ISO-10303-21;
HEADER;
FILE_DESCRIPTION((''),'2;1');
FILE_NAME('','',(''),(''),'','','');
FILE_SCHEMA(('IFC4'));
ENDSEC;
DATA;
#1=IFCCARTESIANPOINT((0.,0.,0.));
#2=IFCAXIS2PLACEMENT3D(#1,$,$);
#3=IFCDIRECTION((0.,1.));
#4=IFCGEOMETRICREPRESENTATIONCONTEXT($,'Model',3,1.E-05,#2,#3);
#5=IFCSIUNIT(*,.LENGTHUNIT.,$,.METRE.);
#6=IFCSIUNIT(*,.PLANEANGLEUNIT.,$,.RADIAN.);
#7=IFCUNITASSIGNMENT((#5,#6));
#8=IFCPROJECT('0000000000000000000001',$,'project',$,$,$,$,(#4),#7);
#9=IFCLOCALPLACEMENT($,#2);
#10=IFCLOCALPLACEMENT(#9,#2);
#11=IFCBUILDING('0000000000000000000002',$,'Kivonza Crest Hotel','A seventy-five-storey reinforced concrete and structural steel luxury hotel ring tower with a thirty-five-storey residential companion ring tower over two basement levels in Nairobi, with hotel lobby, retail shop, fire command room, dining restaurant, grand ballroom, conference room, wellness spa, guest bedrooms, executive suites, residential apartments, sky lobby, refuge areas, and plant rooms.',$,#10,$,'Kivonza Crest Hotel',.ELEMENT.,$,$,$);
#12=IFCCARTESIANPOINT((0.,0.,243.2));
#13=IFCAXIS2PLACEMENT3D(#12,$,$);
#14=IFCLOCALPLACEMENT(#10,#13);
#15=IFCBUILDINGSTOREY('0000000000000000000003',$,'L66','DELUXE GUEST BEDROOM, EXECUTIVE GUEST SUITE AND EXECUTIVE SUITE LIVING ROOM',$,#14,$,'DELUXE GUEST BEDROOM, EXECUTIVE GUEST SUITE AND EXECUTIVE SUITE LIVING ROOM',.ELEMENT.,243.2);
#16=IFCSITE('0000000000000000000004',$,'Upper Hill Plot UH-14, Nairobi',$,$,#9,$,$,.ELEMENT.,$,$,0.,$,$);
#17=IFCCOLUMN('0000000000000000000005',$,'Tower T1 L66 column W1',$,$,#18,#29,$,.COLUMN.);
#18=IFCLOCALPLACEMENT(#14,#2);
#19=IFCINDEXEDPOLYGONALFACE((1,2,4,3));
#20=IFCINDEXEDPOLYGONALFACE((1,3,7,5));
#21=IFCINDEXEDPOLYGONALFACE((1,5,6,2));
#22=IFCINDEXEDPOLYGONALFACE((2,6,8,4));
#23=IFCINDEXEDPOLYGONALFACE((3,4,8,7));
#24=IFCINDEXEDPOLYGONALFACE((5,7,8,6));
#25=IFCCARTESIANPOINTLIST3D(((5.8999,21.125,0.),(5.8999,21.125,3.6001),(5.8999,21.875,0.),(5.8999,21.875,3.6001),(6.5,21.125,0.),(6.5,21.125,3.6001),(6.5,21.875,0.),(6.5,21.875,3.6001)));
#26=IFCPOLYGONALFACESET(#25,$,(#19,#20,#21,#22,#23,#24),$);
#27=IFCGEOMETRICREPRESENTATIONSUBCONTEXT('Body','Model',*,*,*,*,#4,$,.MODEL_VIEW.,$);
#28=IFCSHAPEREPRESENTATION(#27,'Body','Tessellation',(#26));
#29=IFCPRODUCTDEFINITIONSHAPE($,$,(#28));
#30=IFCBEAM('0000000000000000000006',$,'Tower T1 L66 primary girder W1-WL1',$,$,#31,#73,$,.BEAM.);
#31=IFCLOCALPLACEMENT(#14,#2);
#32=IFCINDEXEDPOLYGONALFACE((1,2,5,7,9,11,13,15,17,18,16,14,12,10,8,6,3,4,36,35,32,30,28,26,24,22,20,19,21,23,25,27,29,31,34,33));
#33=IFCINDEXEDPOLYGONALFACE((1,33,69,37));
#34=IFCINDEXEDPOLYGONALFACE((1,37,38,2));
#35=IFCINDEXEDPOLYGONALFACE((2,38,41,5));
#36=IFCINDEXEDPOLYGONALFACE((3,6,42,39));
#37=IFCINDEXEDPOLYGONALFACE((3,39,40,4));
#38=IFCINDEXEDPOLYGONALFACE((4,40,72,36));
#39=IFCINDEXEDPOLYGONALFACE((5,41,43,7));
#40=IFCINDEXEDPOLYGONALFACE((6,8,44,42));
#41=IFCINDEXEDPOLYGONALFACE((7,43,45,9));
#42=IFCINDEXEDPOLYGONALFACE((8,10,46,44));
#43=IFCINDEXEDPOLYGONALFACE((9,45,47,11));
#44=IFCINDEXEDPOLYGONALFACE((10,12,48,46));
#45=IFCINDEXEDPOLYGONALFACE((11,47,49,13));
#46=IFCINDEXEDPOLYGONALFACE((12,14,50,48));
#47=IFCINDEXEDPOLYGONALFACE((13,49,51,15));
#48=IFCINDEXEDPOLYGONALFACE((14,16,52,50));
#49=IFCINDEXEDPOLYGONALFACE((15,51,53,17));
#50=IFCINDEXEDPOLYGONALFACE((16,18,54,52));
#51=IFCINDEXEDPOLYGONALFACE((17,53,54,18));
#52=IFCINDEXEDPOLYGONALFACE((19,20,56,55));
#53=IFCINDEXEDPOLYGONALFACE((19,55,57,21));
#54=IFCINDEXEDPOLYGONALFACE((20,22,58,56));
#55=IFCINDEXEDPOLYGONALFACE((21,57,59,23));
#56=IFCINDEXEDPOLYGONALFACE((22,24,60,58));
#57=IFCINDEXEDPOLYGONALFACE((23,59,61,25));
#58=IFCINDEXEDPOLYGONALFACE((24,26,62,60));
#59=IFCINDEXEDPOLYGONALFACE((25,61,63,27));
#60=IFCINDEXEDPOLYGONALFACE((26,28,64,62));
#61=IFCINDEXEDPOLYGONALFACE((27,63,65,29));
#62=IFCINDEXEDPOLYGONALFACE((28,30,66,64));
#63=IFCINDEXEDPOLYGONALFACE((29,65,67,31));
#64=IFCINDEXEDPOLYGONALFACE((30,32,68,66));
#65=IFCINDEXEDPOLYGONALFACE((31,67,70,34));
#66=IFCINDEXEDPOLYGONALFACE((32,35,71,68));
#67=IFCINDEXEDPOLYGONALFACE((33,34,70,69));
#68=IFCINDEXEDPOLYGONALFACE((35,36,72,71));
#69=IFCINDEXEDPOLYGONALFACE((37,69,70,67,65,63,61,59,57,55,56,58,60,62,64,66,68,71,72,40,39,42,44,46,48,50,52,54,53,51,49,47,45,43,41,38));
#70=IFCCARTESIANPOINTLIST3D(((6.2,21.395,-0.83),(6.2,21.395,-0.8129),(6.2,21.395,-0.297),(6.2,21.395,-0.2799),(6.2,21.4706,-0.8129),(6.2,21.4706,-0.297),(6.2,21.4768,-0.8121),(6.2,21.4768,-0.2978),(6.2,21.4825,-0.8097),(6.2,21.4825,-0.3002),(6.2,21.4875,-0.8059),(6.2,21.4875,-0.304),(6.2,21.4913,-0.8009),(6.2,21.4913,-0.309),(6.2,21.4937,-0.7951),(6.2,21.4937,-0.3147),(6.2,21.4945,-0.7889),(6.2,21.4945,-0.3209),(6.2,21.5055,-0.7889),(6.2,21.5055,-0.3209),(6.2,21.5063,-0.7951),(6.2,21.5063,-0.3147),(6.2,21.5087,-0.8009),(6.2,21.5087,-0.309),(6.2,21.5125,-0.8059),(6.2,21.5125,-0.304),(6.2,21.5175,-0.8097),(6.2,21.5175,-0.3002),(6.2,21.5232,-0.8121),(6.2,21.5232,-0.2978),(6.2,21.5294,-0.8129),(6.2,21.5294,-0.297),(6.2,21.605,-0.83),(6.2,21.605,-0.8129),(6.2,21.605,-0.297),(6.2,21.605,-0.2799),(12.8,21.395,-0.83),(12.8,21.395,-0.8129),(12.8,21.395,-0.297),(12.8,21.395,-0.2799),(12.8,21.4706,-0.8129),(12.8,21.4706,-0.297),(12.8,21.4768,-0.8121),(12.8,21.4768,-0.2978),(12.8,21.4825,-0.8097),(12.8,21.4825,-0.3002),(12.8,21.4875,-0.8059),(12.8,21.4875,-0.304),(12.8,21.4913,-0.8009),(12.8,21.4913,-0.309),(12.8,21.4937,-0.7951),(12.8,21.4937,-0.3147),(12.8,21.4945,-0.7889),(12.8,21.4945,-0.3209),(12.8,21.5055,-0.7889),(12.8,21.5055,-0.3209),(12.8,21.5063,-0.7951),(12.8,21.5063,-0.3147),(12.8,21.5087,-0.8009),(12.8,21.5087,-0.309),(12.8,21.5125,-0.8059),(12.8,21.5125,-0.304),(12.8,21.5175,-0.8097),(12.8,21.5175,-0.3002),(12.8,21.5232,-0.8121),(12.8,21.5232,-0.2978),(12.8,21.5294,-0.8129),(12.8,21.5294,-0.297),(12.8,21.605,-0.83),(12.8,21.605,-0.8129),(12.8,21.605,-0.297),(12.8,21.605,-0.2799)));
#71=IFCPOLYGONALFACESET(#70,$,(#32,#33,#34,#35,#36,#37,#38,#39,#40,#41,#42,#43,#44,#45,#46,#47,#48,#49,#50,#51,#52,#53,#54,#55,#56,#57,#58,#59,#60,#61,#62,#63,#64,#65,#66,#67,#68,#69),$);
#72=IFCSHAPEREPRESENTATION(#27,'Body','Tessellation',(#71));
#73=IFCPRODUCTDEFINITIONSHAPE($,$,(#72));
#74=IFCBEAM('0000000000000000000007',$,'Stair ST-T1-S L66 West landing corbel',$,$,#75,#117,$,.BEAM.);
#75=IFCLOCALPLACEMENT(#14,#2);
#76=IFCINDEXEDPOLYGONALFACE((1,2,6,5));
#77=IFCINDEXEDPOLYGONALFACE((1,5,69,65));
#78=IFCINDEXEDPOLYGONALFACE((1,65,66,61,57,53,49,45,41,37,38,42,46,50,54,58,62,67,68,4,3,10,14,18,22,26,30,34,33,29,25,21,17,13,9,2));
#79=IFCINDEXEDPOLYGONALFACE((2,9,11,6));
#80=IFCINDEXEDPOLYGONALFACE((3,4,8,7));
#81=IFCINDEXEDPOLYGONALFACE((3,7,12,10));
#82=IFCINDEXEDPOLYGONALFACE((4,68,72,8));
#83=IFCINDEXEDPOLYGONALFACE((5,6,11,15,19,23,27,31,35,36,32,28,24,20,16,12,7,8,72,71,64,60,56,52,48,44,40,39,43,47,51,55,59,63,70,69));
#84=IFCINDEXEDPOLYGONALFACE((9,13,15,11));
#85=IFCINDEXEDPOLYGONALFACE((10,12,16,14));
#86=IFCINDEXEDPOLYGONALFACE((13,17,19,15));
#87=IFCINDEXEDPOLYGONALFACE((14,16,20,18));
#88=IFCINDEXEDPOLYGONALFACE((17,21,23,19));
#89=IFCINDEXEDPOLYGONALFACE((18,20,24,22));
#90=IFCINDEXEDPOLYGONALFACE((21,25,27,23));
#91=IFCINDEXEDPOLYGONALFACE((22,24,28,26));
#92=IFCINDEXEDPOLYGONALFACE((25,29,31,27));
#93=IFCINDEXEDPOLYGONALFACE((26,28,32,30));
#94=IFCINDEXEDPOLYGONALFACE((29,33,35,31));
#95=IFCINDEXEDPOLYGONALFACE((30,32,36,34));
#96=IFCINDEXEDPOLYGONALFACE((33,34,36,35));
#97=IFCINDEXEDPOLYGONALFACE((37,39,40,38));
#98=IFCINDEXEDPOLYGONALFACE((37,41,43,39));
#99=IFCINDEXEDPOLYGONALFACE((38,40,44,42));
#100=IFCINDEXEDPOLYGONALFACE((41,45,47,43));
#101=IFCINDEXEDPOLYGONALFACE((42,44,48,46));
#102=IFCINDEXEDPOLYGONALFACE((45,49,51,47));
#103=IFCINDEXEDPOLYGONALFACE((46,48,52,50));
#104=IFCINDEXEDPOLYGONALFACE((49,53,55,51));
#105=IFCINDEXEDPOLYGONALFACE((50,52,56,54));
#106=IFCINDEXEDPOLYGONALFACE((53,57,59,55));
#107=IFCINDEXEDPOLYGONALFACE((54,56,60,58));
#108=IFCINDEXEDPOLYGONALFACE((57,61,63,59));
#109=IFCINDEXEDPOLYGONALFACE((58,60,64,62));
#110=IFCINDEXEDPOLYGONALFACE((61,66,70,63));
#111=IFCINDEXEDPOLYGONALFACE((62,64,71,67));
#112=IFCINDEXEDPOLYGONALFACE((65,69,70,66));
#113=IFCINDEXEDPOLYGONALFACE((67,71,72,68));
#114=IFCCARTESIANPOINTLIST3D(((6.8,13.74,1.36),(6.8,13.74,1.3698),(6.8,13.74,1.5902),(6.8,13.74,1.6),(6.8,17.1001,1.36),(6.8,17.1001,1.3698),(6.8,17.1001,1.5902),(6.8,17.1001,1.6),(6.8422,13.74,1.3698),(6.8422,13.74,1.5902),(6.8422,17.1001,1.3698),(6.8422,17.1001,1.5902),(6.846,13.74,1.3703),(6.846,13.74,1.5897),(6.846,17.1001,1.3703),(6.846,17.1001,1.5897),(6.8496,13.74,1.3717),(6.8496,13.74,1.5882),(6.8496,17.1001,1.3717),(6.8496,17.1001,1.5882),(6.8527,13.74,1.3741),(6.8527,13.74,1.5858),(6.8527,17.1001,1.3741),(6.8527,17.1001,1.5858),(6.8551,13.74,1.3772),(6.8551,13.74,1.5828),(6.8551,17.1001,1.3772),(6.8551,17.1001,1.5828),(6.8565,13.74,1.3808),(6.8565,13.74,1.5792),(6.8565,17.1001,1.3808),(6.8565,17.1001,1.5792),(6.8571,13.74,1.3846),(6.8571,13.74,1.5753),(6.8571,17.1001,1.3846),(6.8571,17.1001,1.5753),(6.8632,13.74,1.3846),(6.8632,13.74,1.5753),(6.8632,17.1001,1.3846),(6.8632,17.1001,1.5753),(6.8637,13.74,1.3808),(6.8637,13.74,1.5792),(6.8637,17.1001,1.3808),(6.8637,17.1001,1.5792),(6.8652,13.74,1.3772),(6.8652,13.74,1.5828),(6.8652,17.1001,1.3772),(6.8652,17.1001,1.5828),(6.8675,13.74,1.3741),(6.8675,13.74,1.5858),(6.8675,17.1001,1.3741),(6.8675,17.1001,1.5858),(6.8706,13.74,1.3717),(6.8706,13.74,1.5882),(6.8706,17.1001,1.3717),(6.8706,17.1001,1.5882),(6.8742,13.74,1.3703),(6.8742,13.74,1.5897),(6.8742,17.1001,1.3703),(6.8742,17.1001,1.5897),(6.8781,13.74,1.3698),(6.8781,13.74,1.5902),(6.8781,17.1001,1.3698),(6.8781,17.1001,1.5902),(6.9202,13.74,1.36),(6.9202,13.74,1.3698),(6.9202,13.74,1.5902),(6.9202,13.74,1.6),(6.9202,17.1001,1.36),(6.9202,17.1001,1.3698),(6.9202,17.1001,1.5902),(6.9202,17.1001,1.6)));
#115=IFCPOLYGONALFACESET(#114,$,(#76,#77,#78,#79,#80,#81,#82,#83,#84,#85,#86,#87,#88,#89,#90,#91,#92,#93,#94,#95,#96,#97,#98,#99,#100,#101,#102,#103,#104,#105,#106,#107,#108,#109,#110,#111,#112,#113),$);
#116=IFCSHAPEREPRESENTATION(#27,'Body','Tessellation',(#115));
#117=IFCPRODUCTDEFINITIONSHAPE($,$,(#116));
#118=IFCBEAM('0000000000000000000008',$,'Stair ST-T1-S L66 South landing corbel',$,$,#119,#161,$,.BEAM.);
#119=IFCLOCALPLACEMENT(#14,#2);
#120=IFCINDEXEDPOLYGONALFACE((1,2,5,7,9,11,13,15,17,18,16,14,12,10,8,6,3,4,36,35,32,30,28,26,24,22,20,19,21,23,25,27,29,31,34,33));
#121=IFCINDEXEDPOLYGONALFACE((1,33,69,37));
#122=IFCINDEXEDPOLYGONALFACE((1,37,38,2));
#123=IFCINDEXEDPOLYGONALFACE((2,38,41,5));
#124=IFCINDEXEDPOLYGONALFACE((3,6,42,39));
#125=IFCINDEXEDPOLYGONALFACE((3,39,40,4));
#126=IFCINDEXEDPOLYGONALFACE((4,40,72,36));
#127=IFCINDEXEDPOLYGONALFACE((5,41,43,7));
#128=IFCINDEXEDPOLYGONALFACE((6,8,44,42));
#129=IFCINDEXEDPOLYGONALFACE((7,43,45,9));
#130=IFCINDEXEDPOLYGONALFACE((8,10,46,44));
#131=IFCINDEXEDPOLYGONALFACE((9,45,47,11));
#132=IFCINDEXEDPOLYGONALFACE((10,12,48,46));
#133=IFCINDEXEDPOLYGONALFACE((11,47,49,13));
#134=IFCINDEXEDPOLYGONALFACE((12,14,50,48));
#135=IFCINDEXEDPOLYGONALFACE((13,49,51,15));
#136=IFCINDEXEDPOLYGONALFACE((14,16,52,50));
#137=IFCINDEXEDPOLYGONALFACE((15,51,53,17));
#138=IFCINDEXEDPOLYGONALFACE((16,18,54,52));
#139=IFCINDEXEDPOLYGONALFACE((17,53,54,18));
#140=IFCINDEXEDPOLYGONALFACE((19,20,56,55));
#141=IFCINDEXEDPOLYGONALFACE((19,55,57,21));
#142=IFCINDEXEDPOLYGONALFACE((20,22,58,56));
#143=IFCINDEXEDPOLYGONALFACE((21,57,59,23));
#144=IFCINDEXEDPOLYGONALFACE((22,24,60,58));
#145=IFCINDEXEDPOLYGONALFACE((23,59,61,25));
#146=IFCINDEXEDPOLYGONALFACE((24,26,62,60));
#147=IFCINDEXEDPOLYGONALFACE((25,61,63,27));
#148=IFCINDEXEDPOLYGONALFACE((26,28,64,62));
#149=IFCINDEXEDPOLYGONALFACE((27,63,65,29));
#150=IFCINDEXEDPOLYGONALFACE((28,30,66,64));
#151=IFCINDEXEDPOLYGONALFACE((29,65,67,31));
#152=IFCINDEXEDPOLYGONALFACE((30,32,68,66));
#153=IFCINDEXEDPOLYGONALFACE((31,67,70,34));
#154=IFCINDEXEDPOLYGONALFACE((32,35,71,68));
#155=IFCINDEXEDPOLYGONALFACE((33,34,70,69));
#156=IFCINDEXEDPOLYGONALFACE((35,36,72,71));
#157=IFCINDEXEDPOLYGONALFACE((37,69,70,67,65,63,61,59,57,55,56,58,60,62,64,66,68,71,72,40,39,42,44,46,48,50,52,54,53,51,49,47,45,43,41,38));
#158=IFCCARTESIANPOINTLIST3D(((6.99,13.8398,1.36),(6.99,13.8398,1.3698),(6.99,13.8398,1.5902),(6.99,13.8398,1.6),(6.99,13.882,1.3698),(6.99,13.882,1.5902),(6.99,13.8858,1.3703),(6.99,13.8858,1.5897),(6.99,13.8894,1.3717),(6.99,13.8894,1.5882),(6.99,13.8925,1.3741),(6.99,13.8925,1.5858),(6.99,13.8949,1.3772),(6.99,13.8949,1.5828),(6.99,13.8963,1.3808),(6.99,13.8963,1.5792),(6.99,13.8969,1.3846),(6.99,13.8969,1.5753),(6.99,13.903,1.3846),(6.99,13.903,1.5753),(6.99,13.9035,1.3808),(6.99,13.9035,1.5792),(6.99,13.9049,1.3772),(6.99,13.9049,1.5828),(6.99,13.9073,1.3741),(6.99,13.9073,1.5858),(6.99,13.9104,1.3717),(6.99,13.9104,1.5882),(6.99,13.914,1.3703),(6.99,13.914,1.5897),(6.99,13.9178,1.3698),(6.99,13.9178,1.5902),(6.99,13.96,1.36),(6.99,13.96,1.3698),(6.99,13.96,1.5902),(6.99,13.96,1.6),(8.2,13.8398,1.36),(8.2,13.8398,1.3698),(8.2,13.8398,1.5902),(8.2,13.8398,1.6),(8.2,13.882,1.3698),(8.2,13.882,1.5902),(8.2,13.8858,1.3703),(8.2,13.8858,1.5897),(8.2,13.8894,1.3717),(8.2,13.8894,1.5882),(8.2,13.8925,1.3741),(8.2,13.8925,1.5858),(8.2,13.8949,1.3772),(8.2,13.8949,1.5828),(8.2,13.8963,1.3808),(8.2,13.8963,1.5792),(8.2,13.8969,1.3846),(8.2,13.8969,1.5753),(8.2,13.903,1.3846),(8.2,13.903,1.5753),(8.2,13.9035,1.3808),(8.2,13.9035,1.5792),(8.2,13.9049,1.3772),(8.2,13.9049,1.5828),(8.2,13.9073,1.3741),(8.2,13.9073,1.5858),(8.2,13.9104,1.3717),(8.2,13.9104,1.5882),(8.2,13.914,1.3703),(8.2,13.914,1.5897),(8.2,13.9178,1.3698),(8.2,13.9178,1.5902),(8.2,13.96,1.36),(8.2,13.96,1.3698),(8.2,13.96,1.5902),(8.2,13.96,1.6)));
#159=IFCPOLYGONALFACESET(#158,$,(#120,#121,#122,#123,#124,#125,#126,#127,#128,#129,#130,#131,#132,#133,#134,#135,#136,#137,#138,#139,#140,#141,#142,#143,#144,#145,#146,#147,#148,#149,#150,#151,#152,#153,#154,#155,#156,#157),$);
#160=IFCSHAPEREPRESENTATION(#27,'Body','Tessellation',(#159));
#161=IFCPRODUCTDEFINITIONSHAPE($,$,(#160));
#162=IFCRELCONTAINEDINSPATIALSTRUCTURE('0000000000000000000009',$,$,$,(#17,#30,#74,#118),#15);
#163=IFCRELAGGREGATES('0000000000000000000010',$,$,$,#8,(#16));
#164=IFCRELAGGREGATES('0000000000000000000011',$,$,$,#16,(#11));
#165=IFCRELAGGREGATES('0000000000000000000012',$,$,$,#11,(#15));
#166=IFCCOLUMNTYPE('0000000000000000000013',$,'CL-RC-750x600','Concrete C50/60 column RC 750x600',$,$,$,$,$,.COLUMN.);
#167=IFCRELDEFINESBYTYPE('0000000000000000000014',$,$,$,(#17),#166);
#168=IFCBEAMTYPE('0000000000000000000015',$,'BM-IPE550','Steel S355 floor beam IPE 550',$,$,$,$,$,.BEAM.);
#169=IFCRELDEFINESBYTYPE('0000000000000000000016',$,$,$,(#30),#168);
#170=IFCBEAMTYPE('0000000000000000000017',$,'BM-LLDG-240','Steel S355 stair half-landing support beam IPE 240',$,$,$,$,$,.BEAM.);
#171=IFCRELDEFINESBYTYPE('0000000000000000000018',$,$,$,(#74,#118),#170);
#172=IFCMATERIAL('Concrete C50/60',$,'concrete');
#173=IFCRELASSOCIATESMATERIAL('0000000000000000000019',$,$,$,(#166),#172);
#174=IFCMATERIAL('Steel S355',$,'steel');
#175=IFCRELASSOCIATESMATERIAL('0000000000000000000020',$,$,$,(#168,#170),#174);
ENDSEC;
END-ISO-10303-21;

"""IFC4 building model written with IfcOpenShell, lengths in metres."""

from ifc_helpers import new_model, si_unit, direction, frame, origin, origin_2d, place, context, subcontext, project, spatial, rectangle, i_section, extrude, material, material_profile, profile_set, type_object, element, save


model = new_model("IFC4")

# Units and contexts
model_context = context("Model", 3, precision=1e-05, world=origin(), true_north=direction((0.0, 1.0)))
body_context = subcontext(model_context, "Body", "Model", "MODEL_VIEW")
ifc_project = project(units=[si_unit("LENGTHUNIT", "METRE"), si_unit("PLANEANGLEUNIT", "RADIAN")], contexts=[model_context])

# Site, building, storey
site_placement = place(None, origin())
site = spatial("IfcSite", under=ifc_project, at=site_placement, Name="Upper Hill Plot UH-14, Nairobi", CompositionType="ELEMENT", RefElevation=0.0)
building_placement = place(site_placement, origin())
building = spatial("IfcBuilding", under=site, at=building_placement, Name="Kivonza Crest Hotel", Description="A seventy-five-storey reinforced concrete and structural steel luxury hotel ring tower with a thirty-five-storey residential companion ring tower over two basement levels in Nairobi, with hotel lobby, retail shop, fire command room, dining restaurant, grand ballroom, conference room, wellness spa, guest bedrooms, executive suites, residential apartments, sky lobby, refuge areas, and plant rooms.", LongName="Kivonza Crest Hotel", CompositionType="ELEMENT")
storey_placement = place(building_placement, frame((0.0, 0.0, 243.2)))
storey = spatial("IfcBuildingStorey", under=building, at=storey_placement, Name="L66", Description="DELUXE GUEST BEDROOM, EXECUTIVE GUEST SUITE AND EXECUTIVE SUITE LIVING ROOM", LongName="DELUXE GUEST BEDROOM, EXECUTIVE GUEST SUITE AND EXECUTIVE SUITE LIVING ROOM", CompositionType="ELEMENT", Elevation=243.2)

# Column
ifc_material_1 = material(Name="Concrete C50/60", Category="concrete")
ifc_material_profile_1 = material_profile(ifc_material_1, rectangle(XDim=0.6001, YDim=0.75, at=origin_2d()), Name="RC 750x600")
ifc_profile_set_1 = profile_set([ifc_material_profile_1], Name="Concrete C50/60")
column_type = type_object("IfcColumnType", Name="CL-RC-750x600", Description="Concrete C50/60 column RC 750x600", PredefinedType="COLUMN", material=ifc_profile_set_1)
column_placement = place(storey_placement, frame((6.2, 21.5, 0.0), z_axis=(0.0, 0.0, 1.0), x_axis=(1.0, 0.0, 0.0)))
element("IfcColumn", 1, at=column_placement, inside=storey, type_object=column_type, Name="Tower T1 L66 column W1", PredefinedType="COLUMN", context=body_context, shape_type="SweptSolid", body=[
    extrude(rectangle(XDim=0.6001, YDim=0.75, at=origin_2d()), origin(), (0.0, 0.0, 1.0), 3.6001),
])

# Beams
ifc_material_2 = material(Name="Steel S355", Category="steel")
ifc_material_profile_2 = material_profile(ifc_material_2, i_section(OverallWidth=0.21, OverallDepth=0.55, WebThickness=0.011, FlangeThickness=0.0171, FilletRadius=0.0239, at=origin_2d()), Name="IPE 550")
ifc_profile_set_2 = profile_set([ifc_material_profile_2], Name="Steel S355")
beam_type_1 = type_object("IfcBeamType", Name="BM-IPE550", Description="Steel S355 floor beam IPE 550", PredefinedType="BEAM", material=ifc_profile_set_2)
beam_1_placement = place(storey_placement, frame((6.2, 21.5, -0.5549), z_axis=(1.0, 0.0, 0.0), x_axis=(0.0, 1.0, 0.0)))
element("IfcBeam", 2, at=beam_1_placement, inside=storey, type_object=beam_type_1, Name="Tower T1 L66 primary girder W1-WL1", PredefinedType="BEAM", context=body_context, shape_type="SweptSolid", body=[
    extrude(i_section(OverallWidth=0.21, OverallDepth=0.55, WebThickness=0.011, FlangeThickness=0.0171, FilletRadius=0.0239, at=origin_2d()), origin(), (0.0, 0.0, 1.0), 6.6001),
])
ifc_material_profile_3 = material_profile(ifc_material_2, i_section(OverallWidth=0.1201, OverallDepth=0.24, WebThickness=0.0061, FlangeThickness=0.0098, FilletRadius=0.0149, at=origin_2d()), Name="IPE 240")
ifc_profile_set_3 = profile_set([ifc_material_profile_3], Name="Steel S355")
beam_type_2 = type_object("IfcBeamType", Name="BM-LLDG-240", Description="Steel S355 stair half-landing support beam IPE 240", PredefinedType="BEAM", material=ifc_profile_set_3)
beam_2_placement = place(storey_placement, frame((6.8601, 13.74, 1.48), z_axis=(0.0, 1.0, 0.0), x_axis=(-1.0, 0.0, 0.0)))
element("IfcBeam", 3, at=beam_2_placement, inside=storey, type_object=beam_type_2, Name="Stair ST-T1-S L66 West landing corbel", PredefinedType="BEAM", context=body_context, shape_type="SweptSolid", body=[
    extrude(i_section(OverallWidth=0.1201, OverallDepth=0.24, WebThickness=0.0061, FlangeThickness=0.0098, FilletRadius=0.0149, at=origin_2d()), origin(), (0.0, 0.0, 1.0), 3.3601),
])
for number, where, z_axis, x_axis, name in (
    (4, (6.99, 13.8999, 1.48), (1.0, 0.0, 0.0), (0.0, 1.0, 0.0), "Stair ST-T1-S L66 South landing corbel"),
):
    element("IfcBeam", number, at=place(storey_placement, frame(where, z_axis=z_axis, x_axis=x_axis)), inside=storey, type_object=beam_type_2, Name=name, PredefinedType="BEAM", context=body_context, shape_type="SweptSolid", body=[
        extrude(i_section(OverallWidth=0.1201, OverallDepth=0.24, WebThickness=0.0061, FlangeThickness=0.0098, FilletRadius=0.0149, at=origin_2d()), origin(), (0.0, 0.0, 1.0), 1.21),
    ])

save(model, "model.ifc")
